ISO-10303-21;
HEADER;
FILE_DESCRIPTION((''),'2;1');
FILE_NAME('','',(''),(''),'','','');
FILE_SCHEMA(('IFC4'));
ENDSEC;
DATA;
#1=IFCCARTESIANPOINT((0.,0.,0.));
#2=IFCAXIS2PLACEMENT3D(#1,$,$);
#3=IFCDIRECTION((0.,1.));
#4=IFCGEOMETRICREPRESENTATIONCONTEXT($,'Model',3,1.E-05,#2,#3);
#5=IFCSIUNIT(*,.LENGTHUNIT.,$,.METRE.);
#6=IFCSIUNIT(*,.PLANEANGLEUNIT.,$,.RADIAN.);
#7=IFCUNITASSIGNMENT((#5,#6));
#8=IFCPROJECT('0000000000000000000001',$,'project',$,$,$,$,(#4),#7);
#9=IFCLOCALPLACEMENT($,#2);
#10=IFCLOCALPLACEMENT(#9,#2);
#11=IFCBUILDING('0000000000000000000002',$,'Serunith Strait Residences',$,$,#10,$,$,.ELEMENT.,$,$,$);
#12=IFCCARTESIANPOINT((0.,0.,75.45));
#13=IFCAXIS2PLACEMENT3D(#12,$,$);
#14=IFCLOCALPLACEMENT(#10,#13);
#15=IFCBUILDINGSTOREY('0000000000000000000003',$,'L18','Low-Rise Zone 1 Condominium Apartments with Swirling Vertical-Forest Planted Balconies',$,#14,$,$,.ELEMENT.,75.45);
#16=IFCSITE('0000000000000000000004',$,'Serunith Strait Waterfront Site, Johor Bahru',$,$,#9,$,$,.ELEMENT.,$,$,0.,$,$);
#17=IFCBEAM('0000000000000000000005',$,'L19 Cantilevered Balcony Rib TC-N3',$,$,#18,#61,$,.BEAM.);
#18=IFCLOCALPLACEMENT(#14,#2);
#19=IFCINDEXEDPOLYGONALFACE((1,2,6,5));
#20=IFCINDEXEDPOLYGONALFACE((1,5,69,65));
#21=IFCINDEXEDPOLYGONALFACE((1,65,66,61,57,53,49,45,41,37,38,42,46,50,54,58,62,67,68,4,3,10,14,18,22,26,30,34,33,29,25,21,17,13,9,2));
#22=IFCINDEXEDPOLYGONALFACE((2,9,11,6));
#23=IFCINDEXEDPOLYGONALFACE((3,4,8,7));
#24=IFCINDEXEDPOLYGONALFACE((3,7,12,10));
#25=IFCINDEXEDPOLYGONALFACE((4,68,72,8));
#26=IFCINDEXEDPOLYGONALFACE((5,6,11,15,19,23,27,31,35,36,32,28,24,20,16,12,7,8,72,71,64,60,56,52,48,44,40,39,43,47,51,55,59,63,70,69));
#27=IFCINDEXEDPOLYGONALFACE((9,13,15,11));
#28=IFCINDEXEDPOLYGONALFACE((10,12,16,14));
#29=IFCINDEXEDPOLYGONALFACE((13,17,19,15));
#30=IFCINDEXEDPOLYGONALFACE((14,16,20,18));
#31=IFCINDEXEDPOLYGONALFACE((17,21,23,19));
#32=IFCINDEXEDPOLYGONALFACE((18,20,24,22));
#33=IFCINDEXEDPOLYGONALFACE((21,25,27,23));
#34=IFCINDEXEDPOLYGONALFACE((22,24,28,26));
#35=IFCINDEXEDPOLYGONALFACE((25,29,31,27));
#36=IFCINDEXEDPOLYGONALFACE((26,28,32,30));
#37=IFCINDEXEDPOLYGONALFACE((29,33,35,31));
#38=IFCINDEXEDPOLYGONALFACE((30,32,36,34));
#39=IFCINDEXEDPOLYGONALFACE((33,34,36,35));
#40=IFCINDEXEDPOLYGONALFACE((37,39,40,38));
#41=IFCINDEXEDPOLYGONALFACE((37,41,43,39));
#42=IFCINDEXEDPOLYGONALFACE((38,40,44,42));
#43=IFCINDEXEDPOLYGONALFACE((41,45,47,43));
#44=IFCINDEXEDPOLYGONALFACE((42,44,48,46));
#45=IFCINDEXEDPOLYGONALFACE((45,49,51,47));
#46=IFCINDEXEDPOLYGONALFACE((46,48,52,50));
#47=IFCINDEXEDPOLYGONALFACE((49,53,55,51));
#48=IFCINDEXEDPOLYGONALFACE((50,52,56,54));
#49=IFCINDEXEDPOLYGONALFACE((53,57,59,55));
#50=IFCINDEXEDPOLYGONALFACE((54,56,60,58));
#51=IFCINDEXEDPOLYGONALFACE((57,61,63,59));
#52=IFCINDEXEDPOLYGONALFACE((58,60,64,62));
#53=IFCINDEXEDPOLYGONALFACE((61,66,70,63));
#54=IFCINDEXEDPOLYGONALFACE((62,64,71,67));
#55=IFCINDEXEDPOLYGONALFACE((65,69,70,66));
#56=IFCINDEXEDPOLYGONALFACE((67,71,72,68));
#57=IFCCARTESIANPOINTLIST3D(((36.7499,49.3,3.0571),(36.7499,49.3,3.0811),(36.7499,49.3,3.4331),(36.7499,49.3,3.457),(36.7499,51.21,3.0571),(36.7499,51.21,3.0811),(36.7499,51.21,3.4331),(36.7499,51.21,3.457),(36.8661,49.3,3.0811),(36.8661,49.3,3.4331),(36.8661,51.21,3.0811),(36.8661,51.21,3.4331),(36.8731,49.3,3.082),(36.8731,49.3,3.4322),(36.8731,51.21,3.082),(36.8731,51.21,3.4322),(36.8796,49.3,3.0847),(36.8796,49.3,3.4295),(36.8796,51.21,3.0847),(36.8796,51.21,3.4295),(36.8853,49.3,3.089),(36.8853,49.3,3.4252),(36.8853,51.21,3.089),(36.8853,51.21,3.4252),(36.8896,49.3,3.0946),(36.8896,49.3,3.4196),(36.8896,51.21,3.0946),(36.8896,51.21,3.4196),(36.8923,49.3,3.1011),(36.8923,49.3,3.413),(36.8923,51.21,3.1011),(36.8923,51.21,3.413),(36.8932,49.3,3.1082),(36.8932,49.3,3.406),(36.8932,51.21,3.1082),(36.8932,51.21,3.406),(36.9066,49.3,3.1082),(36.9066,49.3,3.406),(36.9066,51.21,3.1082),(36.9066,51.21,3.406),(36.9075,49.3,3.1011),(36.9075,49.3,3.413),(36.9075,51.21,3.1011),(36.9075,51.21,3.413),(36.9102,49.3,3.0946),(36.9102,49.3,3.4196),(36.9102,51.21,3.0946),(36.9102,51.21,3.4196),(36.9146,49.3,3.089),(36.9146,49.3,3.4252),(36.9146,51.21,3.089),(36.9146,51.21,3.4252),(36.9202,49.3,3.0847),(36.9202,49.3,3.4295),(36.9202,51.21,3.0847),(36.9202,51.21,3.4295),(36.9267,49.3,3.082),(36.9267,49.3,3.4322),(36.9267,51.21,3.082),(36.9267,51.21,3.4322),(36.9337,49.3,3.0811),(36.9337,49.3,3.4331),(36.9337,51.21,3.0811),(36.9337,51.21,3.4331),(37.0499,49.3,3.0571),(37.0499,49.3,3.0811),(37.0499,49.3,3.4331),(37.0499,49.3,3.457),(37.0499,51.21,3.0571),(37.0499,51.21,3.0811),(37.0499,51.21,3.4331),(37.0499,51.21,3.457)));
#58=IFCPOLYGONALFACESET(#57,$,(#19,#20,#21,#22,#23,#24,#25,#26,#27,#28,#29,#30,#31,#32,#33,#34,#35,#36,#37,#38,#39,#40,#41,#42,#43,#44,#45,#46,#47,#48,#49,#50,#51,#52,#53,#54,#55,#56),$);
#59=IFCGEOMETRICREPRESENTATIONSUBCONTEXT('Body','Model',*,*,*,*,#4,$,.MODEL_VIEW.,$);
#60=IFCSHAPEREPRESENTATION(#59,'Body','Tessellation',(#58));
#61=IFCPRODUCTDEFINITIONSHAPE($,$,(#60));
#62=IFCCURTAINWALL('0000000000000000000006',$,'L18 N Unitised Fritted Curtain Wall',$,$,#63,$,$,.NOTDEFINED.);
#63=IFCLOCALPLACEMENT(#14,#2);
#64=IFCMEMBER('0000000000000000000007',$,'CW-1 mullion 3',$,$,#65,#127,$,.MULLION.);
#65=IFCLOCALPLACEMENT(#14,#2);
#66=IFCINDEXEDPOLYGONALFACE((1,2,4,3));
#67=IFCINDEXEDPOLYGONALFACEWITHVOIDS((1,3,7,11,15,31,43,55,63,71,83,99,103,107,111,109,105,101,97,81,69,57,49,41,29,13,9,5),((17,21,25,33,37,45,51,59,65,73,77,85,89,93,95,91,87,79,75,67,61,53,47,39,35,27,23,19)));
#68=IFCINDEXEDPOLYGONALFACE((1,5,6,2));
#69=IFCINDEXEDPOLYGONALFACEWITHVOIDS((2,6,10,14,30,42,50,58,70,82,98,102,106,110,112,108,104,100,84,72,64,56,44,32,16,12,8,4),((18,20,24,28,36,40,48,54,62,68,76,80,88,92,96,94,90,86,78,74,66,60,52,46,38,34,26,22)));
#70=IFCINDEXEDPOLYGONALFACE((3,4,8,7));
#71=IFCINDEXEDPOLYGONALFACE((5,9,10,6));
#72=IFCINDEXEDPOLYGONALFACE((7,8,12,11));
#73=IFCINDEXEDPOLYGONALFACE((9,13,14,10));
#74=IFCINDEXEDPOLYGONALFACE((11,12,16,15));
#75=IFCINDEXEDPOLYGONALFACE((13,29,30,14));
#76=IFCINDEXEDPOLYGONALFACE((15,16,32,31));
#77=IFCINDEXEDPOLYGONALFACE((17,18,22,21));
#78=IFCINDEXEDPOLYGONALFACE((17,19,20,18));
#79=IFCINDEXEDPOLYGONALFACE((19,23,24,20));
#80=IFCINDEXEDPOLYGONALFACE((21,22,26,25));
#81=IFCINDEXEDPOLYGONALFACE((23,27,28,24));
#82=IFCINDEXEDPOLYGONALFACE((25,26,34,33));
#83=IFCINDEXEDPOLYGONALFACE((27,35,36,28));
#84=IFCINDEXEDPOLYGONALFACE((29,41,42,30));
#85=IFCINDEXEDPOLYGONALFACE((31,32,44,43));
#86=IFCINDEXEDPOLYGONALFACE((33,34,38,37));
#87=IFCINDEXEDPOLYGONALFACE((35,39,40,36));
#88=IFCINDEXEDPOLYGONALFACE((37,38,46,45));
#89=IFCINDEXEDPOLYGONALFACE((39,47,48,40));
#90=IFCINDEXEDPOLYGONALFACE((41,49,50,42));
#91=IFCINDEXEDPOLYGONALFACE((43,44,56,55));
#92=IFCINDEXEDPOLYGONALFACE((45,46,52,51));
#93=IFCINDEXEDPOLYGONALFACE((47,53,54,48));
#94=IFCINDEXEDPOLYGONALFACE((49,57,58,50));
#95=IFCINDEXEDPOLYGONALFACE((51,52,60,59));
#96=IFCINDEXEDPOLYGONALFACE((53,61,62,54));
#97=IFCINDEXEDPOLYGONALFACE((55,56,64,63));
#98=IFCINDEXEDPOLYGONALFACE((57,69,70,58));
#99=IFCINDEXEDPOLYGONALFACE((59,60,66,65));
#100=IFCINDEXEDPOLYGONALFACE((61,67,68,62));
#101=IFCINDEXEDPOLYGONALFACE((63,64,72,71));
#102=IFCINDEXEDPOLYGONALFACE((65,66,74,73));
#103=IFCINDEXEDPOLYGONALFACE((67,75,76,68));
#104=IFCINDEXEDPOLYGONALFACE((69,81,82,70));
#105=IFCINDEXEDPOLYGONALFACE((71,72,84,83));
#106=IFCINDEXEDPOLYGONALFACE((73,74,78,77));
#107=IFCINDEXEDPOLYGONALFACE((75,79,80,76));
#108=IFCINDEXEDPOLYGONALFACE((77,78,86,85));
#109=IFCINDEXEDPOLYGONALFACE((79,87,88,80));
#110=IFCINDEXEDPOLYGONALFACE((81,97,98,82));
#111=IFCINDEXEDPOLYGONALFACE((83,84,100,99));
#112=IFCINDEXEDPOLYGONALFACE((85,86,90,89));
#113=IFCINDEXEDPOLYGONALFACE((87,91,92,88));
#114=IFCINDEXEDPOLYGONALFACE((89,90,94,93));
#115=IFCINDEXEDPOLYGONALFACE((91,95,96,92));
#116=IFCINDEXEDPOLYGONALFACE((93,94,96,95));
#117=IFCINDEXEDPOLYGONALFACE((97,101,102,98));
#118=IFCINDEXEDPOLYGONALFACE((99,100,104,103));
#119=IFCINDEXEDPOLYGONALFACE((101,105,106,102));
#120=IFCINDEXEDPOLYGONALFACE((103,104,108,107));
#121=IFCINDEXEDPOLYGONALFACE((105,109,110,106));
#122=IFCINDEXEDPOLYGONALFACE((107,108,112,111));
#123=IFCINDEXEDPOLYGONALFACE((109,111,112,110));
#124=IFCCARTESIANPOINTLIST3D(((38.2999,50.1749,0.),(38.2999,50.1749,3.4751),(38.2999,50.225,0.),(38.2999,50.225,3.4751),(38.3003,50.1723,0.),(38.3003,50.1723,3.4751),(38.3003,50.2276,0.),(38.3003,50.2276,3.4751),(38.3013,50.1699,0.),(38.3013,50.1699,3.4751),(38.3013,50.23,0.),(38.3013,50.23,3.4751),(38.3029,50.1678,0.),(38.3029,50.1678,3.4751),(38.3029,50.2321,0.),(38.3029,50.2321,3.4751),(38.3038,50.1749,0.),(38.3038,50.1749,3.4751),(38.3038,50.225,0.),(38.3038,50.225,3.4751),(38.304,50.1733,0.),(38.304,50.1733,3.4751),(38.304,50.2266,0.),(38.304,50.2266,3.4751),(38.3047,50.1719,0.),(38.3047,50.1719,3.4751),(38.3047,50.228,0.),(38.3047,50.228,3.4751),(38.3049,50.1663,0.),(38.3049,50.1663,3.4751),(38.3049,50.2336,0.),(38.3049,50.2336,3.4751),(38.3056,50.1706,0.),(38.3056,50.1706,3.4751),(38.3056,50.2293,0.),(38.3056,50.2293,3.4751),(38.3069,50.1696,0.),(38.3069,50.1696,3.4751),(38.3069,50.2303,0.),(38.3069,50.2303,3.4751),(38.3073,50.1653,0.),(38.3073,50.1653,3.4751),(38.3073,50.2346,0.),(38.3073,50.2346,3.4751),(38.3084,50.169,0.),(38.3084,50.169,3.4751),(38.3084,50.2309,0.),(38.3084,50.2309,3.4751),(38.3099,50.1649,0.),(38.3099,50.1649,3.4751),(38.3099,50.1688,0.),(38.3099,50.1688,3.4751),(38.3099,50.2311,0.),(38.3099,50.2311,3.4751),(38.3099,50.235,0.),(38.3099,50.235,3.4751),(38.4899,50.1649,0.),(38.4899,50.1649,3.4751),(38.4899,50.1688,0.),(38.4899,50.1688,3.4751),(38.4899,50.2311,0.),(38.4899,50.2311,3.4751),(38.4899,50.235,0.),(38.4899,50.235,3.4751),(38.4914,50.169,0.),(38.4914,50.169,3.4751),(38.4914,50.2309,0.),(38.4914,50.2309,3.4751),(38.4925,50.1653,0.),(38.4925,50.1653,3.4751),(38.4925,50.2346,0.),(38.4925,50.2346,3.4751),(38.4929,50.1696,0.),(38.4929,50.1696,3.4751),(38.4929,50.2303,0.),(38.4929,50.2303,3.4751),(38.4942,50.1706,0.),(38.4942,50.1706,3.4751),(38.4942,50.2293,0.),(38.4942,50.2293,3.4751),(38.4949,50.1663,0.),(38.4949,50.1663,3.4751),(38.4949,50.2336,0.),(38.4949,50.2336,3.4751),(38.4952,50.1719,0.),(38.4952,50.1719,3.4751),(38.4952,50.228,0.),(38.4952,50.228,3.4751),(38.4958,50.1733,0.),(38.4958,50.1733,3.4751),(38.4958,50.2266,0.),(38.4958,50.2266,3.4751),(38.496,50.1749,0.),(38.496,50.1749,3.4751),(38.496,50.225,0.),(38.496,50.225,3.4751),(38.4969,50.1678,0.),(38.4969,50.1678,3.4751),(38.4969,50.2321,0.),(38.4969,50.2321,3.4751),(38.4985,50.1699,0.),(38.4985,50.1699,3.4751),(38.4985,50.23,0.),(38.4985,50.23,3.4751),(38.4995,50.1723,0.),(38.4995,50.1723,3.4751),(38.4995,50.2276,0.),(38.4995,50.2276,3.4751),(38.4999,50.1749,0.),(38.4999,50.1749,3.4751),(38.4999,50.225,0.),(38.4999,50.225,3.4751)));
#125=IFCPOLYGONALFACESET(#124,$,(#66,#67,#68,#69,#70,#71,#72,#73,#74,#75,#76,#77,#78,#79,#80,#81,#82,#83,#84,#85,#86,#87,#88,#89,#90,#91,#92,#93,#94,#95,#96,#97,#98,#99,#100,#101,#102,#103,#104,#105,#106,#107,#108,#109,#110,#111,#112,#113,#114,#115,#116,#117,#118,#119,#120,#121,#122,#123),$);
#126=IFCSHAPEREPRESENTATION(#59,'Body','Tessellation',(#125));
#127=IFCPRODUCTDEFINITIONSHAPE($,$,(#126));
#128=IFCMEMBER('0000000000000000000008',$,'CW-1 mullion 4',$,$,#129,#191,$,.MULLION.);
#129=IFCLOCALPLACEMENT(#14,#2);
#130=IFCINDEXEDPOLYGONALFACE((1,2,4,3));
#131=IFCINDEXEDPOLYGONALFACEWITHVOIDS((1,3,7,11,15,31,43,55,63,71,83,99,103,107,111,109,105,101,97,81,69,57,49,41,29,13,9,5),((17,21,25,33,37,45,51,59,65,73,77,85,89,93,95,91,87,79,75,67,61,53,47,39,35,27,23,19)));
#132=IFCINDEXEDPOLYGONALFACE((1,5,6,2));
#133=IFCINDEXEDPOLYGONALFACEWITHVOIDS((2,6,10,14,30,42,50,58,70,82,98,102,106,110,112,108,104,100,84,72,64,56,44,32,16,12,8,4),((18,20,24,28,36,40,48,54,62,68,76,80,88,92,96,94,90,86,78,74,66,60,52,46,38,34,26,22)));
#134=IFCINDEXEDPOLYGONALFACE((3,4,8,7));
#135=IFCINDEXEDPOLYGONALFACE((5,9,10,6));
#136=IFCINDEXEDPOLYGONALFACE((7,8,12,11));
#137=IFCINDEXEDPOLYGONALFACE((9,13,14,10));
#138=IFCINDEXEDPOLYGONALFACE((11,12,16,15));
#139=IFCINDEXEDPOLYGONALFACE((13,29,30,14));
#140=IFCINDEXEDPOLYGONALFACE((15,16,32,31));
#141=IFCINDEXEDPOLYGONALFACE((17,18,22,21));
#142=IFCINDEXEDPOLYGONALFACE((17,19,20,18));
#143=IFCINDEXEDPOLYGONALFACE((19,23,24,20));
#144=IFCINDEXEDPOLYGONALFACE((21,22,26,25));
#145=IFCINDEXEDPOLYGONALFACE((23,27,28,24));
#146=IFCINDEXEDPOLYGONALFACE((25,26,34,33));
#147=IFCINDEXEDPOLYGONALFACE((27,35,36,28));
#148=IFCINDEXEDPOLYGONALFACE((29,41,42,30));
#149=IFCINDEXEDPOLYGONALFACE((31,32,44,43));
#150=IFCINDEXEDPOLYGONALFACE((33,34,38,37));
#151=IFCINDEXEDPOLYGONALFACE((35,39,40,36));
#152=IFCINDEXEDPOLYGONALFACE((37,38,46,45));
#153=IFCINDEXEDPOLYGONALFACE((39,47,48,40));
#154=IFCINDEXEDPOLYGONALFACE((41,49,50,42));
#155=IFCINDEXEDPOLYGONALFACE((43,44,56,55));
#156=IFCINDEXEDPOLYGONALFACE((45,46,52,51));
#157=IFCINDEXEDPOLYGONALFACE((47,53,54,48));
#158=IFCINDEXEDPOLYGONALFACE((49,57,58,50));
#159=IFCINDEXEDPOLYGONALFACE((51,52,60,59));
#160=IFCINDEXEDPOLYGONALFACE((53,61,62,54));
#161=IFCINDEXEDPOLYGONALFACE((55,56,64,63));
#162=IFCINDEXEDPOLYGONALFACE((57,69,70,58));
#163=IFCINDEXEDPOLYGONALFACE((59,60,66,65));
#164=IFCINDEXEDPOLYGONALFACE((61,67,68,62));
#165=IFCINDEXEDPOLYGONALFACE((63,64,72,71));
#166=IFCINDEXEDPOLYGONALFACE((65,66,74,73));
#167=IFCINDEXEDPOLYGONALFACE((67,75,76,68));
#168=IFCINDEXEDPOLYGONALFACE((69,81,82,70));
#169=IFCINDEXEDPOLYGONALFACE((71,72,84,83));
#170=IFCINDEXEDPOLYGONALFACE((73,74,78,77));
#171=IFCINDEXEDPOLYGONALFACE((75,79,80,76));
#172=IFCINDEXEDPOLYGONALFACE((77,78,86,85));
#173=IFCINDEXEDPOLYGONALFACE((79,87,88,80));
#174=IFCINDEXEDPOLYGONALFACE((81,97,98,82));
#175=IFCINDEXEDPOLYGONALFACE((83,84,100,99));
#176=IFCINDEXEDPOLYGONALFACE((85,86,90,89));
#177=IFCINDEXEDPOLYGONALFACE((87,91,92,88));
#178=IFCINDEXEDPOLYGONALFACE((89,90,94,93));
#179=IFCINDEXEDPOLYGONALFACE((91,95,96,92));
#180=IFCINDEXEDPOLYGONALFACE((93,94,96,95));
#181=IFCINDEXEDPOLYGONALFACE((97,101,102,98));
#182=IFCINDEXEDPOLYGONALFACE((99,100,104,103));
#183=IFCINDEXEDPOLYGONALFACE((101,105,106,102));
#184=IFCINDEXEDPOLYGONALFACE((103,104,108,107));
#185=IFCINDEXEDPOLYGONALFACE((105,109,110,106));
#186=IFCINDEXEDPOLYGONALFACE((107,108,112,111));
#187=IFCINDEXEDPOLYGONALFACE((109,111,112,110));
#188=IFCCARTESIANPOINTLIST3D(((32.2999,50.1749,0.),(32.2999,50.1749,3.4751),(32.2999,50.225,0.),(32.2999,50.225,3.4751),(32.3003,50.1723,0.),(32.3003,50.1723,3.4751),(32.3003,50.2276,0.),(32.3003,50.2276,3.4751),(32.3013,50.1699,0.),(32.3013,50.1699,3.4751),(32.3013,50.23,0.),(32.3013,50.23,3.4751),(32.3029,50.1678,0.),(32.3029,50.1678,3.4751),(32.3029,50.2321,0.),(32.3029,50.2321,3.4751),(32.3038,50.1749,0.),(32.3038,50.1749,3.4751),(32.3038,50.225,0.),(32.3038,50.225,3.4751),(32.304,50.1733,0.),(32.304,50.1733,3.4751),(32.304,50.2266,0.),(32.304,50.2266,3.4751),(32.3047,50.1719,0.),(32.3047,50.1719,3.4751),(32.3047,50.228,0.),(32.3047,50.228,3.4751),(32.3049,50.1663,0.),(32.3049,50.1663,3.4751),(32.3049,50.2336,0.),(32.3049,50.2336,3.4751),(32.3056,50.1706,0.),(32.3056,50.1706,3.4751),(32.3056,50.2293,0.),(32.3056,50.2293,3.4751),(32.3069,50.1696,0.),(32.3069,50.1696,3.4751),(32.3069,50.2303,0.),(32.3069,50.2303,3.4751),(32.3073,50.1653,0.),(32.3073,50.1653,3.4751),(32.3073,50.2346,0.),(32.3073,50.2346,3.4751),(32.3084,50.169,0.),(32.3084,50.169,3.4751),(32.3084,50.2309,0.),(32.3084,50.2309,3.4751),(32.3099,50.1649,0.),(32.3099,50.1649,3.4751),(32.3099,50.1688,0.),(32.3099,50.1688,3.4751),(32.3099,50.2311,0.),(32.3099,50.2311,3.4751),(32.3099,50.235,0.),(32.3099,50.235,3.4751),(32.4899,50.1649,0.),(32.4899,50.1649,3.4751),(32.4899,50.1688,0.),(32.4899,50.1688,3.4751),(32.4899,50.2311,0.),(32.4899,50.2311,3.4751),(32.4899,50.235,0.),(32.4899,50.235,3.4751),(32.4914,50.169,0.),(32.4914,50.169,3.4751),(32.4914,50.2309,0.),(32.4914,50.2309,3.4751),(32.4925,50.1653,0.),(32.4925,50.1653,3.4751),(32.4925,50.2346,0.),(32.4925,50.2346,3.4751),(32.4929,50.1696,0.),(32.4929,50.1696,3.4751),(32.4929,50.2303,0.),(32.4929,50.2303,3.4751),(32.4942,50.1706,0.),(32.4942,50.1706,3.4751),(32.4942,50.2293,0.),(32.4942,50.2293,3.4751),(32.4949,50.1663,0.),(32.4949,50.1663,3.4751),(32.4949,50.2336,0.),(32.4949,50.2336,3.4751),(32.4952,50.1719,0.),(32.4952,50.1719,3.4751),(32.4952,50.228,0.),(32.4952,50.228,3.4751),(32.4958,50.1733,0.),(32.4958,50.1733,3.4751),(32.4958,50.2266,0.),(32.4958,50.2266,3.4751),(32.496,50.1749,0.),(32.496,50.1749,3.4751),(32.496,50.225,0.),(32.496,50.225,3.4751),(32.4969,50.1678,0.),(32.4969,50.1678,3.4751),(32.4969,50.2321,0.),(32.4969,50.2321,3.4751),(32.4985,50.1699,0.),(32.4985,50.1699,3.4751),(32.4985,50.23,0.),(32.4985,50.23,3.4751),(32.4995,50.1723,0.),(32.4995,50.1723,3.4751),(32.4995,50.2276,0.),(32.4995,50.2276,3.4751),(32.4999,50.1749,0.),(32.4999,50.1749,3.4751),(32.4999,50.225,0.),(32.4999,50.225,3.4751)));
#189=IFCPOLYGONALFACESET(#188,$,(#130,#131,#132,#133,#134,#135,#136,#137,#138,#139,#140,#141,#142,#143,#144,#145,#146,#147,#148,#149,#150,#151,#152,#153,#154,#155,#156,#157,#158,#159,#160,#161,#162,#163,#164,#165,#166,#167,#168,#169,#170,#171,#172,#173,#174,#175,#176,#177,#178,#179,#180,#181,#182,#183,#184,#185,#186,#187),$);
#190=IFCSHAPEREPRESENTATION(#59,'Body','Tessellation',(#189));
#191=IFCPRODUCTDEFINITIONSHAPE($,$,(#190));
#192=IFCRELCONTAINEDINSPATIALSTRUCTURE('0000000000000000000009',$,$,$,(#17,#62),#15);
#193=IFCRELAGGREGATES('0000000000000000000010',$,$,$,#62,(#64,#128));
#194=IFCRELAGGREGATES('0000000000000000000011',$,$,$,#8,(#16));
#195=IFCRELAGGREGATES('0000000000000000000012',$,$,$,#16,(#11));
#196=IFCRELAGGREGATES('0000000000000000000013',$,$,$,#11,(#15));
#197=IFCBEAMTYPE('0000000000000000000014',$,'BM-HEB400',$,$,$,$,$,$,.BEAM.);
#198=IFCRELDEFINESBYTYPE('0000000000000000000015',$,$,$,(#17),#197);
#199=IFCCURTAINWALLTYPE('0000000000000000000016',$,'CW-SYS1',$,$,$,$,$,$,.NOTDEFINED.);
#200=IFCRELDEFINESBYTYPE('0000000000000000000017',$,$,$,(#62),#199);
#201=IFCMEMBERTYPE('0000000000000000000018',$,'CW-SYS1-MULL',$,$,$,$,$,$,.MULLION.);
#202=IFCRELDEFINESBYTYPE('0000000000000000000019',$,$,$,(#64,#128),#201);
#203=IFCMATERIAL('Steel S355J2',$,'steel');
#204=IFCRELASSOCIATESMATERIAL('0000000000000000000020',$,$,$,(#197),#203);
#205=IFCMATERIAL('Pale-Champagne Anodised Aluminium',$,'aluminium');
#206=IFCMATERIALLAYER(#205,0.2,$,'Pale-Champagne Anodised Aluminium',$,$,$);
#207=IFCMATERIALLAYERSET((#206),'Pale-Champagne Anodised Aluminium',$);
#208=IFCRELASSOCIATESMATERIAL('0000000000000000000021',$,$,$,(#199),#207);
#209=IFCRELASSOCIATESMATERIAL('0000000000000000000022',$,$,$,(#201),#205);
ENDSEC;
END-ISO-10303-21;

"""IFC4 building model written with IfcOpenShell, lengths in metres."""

from ifc_helpers import new_model, si_unit, direction, frame, origin, origin_2d, place, context, subcontext, project, spatial, hollow_rectangle, i_section, extrude, source, transform, mapped, material, layer, layer_set, material_profile, profile_set, type_object, element, aggregate, save


model = new_model("IFC4")

# Units and contexts
model_context = context("Model", 3, precision=1e-05, world=origin(), true_north=direction((0.0, 1.0)))
body_context = subcontext(model_context, "Body", "Model", "MODEL_VIEW")
ifc_project = project(units=[si_unit("LENGTHUNIT", "METRE"), si_unit("PLANEANGLEUNIT", "RADIAN")], contexts=[model_context])

# Site, building, storey
site_placement = place(None, origin())
site = spatial("IfcSite", under=ifc_project, at=site_placement, Name="Serunith Strait Waterfront Site, Johor Bahru", CompositionType="ELEMENT", RefElevation=0.0)
building_placement = place(site_placement, origin())
building = spatial("IfcBuilding", under=site, at=building_placement, Name="Serunith Strait Residences", CompositionType="ELEMENT")
storey_placement = place(building_placement, frame((0.0, 0.0, 75.45)))
storey = spatial("IfcBuildingStorey", under=building, at=storey_placement, Name="L18", Description="Low-Rise Zone 1 Condominium Apartments with Swirling Vertical-Forest Planted Balconies", CompositionType="ELEMENT", Elevation=75.45)

# Beam
ifc_material_1 = material(Name="Steel S355J2", Category="steel")
ifc_material_profile_1 = material_profile(ifc_material_1, i_section(OverallWidth=0.3, OverallDepth=0.3999, WebThickness=0.0134, FlangeThickness=0.0239, FilletRadius=0.0271, at=origin_2d()), Name="HEB 400")
ifc_profile_set_1 = profile_set([ifc_material_profile_1], Name="Steel S355J2")
beam_type_1 = type_object("IfcBeamType", Name="BM-HEB400", PredefinedType="BEAM", material=ifc_profile_set_1)
shared_shape_1 = source(origin(), body_context, "Body", "SweptSolid", [
    extrude(i_section(OverallWidth=0.3, OverallDepth=0.3999, WebThickness=0.0134, FlangeThickness=0.0239, FilletRadius=0.0271, at=origin_2d()), origin(), (0.0, 0.0, 1.0), 1.9099),
])
beam_1_placement = place(storey_placement, frame((36.8999, 49.3, 3.2571), z_axis=(0.0, 1.0, 0.0), x_axis=(-1.0, 0.0, 0.0)))
element("IfcBeam", 1, at=beam_1_placement, inside=storey, type_object=beam_type_1, Name="L19 Cantilevered Balcony Rib TC-N3", PredefinedType="BEAM", context=body_context, shape_type="MappedRepresentation", body=[
    mapped(shared_shape_1, transform((0.0, 0.0, 0.0), scale=1.0)),
])

# Curtain wall, members
ifc_material_2 = material(Name="Pale-Champagne Anodised Aluminium", Category="aluminium")
ifc_layer_1 = layer(ifc_material_2, 0.2, Name="Pale-Champagne Anodised Aluminium")
ifc_layer_set_1 = layer_set([ifc_layer_1], Name="Pale-Champagne Anodised Aluminium")
curtain_wall_type = type_object("IfcCurtainWallType", Name="CW-SYS1", PredefinedType="NOTDEFINED", material=ifc_layer_set_1)
curtain_wall_placement = place(storey_placement, origin())
curtain_wall = element("IfcCurtainWall", 2, at=curtain_wall_placement, inside=storey, type_object=curtain_wall_type, Name="L18 N Unitised Fritted Curtain Wall", PredefinedType="NOTDEFINED")
ifc_material_profile_2 = material_profile(ifc_material_2, hollow_rectangle(XDim=0.0701, YDim=0.2, WallThickness=0.0039, InnerFilletRadius=0.0061, OuterFilletRadius=0.01, at=origin_2d()), Name="ALU 200x70x4")
ifc_profile_set_2 = profile_set([ifc_material_profile_2], Name="Pale-Champagne Anodised Aluminium")
member_type_1 = type_object("IfcMemberType", Name="CW-SYS1-MULL", PredefinedType="MULLION", material=ifc_profile_set_2)
shared_shape_2 = source(origin(), body_context, "Body", "SweptSolid", [
    extrude(hollow_rectangle(XDim=0.0701, YDim=0.2, WallThickness=0.0039, InnerFilletRadius=0.0061, OuterFilletRadius=0.01, at=origin_2d()), origin(), (0.0, 0.0, 1.0), 3.4751),
])
member_1_placement = place(storey_placement, frame((38.3999, 50.2, 0.0), z_axis=(0.0, 0.0, 1.0), x_axis=(0.0, -1.0, 0.0)))
member_1 = element("IfcMember", 3, at=member_1_placement, type_object=member_type_1, Name="CW-1 mullion 3", PredefinedType="MULLION", context=body_context, shape_type="MappedRepresentation", body=[
    mapped(shared_shape_2, transform((0.0, 0.0, 0.0), scale=1.0)),
])
member_2_placement = place(storey_placement, frame((32.3999, 50.2, 0.0), z_axis=(0.0, 0.0, 1.0), x_axis=(0.0, -1.0, 0.0)))
member_2 = element("IfcMember", 4, at=member_2_placement, type_object=member_type_1, Name="CW-1 mullion 4", PredefinedType="MULLION", context=body_context, shape_type="MappedRepresentation", body=[
    mapped(shared_shape_2, transform((0.0, 0.0, 0.0), scale=1.0)),
])
aggregate(curtain_wall, [member_1, member_2])

save(model, "model.ifc")
